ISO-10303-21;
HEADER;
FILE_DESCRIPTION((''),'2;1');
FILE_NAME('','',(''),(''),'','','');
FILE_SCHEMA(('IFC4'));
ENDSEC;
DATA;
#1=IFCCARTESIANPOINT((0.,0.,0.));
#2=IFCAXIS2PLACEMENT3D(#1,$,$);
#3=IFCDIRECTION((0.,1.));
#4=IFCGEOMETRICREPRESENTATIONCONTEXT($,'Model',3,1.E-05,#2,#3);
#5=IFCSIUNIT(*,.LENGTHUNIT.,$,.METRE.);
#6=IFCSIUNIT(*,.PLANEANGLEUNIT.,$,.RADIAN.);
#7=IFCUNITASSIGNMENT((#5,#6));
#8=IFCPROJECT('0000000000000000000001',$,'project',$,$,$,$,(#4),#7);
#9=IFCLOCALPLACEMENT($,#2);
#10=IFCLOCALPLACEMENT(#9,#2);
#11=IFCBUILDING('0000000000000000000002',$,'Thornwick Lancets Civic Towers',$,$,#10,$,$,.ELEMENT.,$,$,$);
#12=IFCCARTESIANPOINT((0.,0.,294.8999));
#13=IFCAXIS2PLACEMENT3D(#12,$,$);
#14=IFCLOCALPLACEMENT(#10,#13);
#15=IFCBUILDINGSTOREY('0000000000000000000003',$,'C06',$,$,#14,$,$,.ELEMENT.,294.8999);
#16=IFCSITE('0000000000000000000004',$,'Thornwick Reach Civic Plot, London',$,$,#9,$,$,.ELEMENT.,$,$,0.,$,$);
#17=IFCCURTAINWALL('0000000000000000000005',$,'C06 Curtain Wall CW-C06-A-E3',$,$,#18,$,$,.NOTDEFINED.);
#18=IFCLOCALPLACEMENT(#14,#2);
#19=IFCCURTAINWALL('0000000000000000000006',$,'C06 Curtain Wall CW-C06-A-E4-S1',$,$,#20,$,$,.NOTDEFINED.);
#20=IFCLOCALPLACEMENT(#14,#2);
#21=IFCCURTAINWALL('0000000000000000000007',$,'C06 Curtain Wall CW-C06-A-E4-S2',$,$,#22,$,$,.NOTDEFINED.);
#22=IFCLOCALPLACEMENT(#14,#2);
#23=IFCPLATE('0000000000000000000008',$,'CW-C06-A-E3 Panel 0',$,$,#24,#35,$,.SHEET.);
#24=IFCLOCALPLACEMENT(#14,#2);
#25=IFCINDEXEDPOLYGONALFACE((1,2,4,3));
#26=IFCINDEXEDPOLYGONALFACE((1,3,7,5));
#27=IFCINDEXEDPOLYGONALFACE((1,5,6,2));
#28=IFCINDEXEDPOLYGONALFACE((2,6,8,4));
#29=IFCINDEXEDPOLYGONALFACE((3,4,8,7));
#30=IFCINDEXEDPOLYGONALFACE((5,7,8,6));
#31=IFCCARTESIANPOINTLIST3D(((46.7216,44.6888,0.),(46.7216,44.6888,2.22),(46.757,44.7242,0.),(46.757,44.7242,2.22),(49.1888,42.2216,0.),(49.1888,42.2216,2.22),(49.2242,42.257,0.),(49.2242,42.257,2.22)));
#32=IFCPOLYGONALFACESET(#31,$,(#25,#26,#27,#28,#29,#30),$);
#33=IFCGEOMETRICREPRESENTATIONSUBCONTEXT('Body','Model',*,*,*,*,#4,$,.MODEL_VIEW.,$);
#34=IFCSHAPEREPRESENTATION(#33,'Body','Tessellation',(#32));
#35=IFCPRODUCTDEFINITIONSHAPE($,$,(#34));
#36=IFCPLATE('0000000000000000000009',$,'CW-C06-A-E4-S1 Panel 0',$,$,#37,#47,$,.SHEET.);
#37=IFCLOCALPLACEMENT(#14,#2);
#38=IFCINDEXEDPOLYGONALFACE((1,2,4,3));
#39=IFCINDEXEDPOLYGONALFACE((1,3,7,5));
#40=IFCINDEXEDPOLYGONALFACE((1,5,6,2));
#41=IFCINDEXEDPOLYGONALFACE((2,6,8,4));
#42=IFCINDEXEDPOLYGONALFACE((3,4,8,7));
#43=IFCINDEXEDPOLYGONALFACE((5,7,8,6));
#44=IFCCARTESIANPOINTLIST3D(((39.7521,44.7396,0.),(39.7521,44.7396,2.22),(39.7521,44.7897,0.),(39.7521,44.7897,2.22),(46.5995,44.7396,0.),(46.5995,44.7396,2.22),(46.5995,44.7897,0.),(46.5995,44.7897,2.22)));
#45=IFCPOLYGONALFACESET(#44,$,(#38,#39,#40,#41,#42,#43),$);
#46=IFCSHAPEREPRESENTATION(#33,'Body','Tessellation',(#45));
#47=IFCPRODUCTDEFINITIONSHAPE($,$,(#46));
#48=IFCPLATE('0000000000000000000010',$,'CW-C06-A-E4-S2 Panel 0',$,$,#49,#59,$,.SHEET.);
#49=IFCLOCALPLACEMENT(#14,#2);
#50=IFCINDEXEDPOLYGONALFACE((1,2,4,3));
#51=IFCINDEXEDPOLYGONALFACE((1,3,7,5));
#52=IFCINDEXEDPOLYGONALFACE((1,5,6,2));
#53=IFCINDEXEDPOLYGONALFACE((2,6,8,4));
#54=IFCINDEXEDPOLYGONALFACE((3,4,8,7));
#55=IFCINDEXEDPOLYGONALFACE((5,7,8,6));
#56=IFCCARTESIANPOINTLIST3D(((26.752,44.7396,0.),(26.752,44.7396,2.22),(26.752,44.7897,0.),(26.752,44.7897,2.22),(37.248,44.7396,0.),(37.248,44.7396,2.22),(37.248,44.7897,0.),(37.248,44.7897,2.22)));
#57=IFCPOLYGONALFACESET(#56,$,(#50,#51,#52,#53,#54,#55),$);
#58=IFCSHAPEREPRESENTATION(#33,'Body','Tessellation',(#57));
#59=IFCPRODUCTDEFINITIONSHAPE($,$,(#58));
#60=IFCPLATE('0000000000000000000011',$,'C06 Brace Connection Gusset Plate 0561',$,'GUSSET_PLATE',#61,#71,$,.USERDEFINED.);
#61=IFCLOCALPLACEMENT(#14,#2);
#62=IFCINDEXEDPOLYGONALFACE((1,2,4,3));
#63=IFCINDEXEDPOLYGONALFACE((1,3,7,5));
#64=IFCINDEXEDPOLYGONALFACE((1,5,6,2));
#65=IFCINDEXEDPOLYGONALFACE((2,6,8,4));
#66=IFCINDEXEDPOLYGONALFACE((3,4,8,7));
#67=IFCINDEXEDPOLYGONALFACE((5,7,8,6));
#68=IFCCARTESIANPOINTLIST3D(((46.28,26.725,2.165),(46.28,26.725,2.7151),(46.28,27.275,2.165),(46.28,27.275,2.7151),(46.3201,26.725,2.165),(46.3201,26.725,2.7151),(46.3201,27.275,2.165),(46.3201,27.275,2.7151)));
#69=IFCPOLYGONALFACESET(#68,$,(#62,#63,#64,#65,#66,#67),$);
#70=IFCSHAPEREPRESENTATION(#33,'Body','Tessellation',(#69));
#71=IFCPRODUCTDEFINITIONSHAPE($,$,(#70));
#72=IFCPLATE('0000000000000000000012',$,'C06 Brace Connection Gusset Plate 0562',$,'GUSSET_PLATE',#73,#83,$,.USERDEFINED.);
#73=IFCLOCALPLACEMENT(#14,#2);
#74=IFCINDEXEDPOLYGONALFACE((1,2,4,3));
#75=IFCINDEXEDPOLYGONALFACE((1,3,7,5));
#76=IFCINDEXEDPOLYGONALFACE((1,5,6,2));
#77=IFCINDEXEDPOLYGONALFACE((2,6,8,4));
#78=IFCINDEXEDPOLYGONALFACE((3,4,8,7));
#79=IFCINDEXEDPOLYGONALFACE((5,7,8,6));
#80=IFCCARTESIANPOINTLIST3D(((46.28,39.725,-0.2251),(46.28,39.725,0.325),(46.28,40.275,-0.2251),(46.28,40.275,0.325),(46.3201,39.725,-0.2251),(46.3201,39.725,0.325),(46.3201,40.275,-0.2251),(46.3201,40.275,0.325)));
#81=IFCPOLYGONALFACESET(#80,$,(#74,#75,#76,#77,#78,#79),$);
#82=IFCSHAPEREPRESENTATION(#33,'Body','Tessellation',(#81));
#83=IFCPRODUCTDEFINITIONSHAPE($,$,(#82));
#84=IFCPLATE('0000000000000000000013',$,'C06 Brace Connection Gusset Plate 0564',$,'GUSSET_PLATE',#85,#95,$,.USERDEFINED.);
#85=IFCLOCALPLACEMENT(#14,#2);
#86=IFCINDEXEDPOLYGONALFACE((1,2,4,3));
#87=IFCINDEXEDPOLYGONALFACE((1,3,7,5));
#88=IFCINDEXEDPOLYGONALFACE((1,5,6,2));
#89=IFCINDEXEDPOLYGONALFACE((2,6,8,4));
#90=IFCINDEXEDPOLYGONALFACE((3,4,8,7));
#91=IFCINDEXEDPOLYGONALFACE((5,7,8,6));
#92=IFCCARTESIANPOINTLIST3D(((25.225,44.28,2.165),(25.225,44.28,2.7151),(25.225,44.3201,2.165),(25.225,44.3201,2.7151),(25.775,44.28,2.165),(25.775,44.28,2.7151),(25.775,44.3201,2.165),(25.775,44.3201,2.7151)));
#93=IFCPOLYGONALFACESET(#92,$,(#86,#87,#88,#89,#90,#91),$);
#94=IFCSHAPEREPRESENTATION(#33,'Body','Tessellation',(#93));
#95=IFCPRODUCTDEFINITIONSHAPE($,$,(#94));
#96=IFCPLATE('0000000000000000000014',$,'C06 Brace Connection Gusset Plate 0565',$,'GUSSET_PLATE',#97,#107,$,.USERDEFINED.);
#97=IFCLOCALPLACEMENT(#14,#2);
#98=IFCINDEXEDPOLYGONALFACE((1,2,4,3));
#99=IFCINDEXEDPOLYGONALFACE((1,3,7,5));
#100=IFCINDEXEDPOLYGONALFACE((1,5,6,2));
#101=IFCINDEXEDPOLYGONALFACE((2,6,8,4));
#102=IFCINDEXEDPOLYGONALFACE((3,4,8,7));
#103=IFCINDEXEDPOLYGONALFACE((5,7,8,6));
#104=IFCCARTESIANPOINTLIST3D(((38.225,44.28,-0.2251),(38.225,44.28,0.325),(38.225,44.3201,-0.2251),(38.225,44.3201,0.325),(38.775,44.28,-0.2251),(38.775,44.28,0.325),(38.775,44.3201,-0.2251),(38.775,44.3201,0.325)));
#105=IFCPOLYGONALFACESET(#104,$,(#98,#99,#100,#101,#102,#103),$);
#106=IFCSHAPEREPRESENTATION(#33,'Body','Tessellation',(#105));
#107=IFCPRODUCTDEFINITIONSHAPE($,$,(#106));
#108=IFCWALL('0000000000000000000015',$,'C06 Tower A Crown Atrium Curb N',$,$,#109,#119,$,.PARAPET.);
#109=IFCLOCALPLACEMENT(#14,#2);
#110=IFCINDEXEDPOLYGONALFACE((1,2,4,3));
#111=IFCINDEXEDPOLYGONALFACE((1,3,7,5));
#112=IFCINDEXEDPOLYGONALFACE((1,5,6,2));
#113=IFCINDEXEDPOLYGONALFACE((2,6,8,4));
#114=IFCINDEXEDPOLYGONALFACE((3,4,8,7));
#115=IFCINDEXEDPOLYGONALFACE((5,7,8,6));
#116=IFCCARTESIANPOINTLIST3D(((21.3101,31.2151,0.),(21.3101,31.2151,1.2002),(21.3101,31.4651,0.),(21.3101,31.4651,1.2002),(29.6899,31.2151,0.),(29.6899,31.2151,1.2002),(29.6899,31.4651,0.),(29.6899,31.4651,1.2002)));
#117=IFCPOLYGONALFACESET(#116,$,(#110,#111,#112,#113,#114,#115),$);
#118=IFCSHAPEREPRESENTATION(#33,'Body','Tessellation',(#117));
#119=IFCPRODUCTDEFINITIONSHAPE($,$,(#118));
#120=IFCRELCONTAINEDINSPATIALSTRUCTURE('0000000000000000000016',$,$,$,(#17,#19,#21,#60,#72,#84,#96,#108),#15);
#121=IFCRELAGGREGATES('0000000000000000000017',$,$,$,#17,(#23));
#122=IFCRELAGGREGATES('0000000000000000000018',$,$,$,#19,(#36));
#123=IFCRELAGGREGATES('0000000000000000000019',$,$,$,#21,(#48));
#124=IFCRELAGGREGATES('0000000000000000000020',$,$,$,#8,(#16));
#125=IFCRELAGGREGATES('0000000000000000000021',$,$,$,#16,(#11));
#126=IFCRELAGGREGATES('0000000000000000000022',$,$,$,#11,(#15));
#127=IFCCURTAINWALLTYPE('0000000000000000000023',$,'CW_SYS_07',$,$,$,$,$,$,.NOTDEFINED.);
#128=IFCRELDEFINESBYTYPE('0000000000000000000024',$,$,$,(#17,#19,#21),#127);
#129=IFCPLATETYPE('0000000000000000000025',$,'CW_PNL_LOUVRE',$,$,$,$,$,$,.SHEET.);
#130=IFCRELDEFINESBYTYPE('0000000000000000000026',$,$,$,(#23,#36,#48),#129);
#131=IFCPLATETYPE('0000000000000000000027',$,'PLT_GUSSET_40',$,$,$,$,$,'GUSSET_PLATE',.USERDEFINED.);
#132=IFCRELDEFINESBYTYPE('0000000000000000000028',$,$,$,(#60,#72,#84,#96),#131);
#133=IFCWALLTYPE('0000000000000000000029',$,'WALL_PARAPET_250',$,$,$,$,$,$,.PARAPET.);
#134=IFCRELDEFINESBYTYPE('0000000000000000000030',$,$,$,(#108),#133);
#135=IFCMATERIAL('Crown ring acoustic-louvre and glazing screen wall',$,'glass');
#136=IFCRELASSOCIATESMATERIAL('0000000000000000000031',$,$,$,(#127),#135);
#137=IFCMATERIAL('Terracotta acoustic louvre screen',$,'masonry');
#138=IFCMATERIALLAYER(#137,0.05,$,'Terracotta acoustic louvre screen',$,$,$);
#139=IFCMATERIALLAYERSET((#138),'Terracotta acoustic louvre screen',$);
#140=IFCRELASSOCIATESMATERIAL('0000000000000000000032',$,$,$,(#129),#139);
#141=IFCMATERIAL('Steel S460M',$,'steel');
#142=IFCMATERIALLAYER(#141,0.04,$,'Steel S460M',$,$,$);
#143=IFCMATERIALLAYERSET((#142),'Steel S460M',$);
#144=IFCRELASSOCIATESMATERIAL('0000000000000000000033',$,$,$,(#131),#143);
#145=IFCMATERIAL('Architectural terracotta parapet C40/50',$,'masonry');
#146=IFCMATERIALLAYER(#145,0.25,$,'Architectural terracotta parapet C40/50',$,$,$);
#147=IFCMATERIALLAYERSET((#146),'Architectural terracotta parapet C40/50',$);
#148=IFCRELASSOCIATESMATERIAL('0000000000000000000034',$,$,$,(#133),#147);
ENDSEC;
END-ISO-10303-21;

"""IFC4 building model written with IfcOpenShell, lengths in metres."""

from ifc_helpers import new_model, si_unit, direction, frame, frame_2d, origin, origin_2d, place, context, subcontext, project, spatial, rectangle, extrude, material, layer, layer_set, type_object, element, aggregate, save


model = new_model("IFC4")

# Units and contexts
model_context = context("Model", 3, precision=1e-05, world=origin(), true_north=direction((0.0, 1.0)))
body_context = subcontext(model_context, "Body", "Model", "MODEL_VIEW")
ifc_project = project(units=[si_unit("LENGTHUNIT", "METRE"), si_unit("PLANEANGLEUNIT", "RADIAN")], contexts=[model_context])

# Site, building, storey
site_placement = place(None, origin())
site = spatial("IfcSite", under=ifc_project, at=site_placement, Name="Thornwick Reach Civic Plot, London", CompositionType="ELEMENT", RefElevation=0.0)
building_placement = place(site_placement, origin())
building = spatial("IfcBuilding", under=site, at=building_placement, Name="Thornwick Lancets Civic Towers", CompositionType="ELEMENT")
storey_placement = place(building_placement, frame((0.0, 0.0, 294.8999)))
storey = spatial("IfcBuildingStorey", under=building, at=storey_placement, Name="C06", CompositionType="ELEMENT", Elevation=294.8999)

# Curtain walls
ifc_material_1 = material(Name="Crown ring acoustic-louvre and glazing screen wall", Category="glass")
curtain_wall_type = type_object("IfcCurtainWallType", Name="CW_SYS_07", PredefinedType="NOTDEFINED", material=ifc_material_1)
curtain_wall_1_placement = place(storey_placement, origin())
curtain_wall_1 = element("IfcCurtainWall", 1, at=curtain_wall_1_placement, inside=storey, type_object=curtain_wall_type, Name="C06 Curtain Wall CW-C06-A-E3", PredefinedType="NOTDEFINED")
curtain_wall_2_placement = place(storey_placement, origin())
curtain_wall_2 = element("IfcCurtainWall", 2, at=curtain_wall_2_placement, inside=storey, type_object=curtain_wall_type, Name="C06 Curtain Wall CW-C06-A-E4-S1", PredefinedType="NOTDEFINED")
curtain_wall_3_placement = place(storey_placement, origin())
curtain_wall_3 = element("IfcCurtainWall", 3, at=curtain_wall_3_placement, inside=storey, type_object=curtain_wall_type, Name="C06 Curtain Wall CW-C06-A-E4-S2", PredefinedType="NOTDEFINED")

# Plates
ifc_material_2 = material(Name="Terracotta acoustic louvre screen", Category="masonry")
ifc_layer_1 = layer(ifc_material_2, 0.05, Name="Terracotta acoustic louvre screen")
ifc_layer_set_1 = layer_set([ifc_layer_1], Name="Terracotta acoustic louvre screen")
plate_type_1 = type_object("IfcPlateType", Name="CW_PNL_LOUVRE", PredefinedType="SHEET", material=ifc_layer_set_1)
plate_1_placement = place(storey_placement, frame((47.9729, 43.4729, 0.0), z_axis=(0.0, 0.0, 1.0), x_axis=(-0.707107, 0.707107, 0.0)))
plate_1 = element("IfcPlate", 4, at=plate_1_placement, type_object=plate_type_1, Name="CW-C06-A-E3 Panel 0", PredefinedType="SHEET", context=body_context, shape_type="SweptSolid", body=[
    extrude(rectangle(XDim=3.4893, YDim=0.05, at=origin_2d()), origin(), (0.0, 0.0, 1.0), 2.22),
])
aggregate(curtain_wall_1, [plate_1])
plate_2_placement = place(storey_placement, frame((43.1758, 44.7646, 0.0), z_axis=(0.0, 0.0, 1.0), x_axis=(-1.0, 0.0, 0.0)))
plate_2 = element("IfcPlate", 5, at=plate_2_placement, type_object=plate_type_1, Name="CW-C06-A-E4-S1 Panel 0", PredefinedType="SHEET", context=body_context, shape_type="SweptSolid", body=[
    extrude(rectangle(XDim=6.8474, YDim=0.05, at=origin_2d()), origin(), (0.0, 0.0, 1.0), 2.22),
])
aggregate(curtain_wall_2, [plate_2])
plate_3_placement = place(storey_placement, frame((32.0, 44.7646, 0.0), z_axis=(0.0, 0.0, 1.0), x_axis=(-1.0, 0.0, 0.0)))
plate_3 = element("IfcPlate", 6, at=plate_3_placement, type_object=plate_type_1, Name="CW-C06-A-E4-S2 Panel 0", PredefinedType="SHEET", context=body_context, shape_type="SweptSolid", body=[
    extrude(rectangle(XDim=10.4961, YDim=0.05, at=origin_2d()), origin(), (0.0, 0.0, 1.0), 2.22),
])
aggregate(curtain_wall_3, [plate_3])

# Plates
ifc_material_3 = material(Name="Steel S460M", Category="steel")
ifc_layer_2 = layer(ifc_material_3, 0.04, Name="Steel S460M")
ifc_layer_set_2 = layer_set([ifc_layer_2], Name="Steel S460M")
plate_type_2 = type_object("IfcPlateType", Name="PLT_GUSSET_40", ElementType="GUSSET_PLATE", PredefinedType="USERDEFINED", material=ifc_layer_set_2)
for number, where, z_axis, x_axis, name in (
    (7, (46.3, 27.0, 2.165), (0.0, 0.0, 1.0), (0.0, 1.0, 0.0), "C06 Brace Connection Gusset Plate 0561"),
    (8, (46.3, 40.0, -0.2251), (0.0, 0.0, 1.0), (0.0, -1.0, 0.0), "C06 Brace Connection Gusset Plate 0562"),
    (9, (25.5, 44.3, 2.165), (0.0, 0.0, 1.0), (1.0, 0.0, 0.0), "C06 Brace Connection Gusset Plate 0564"),
    (10, (38.5, 44.3, -0.2251), (0.0, 0.0, 1.0), (-1.0, 0.0, 0.0), "C06 Brace Connection Gusset Plate 0565"),
):
    element("IfcPlate", number, at=place(storey_placement, frame(where, z_axis=z_axis, x_axis=x_axis)), inside=storey, type_object=plate_type_2, Name=name, ObjectType="GUSSET_PLATE", PredefinedType="USERDEFINED", context=body_context, shape_type="SweptSolid", body=[
        extrude(rectangle(XDim=0.55, YDim=0.04, at=origin_2d()), origin(), (0.0, 0.0, 1.0), 0.55),
    ])

# Wall
ifc_material_4 = material(Name="Architectural terracotta parapet C40/50", Category="masonry")
ifc_layer_3 = layer(ifc_material_4, 0.25, Name="Architectural terracotta parapet C40/50")
ifc_layer_set_3 = layer_set([ifc_layer_3], Name="Architectural terracotta parapet C40/50")
wall_type = type_object("IfcWallType", Name="WALL_PARAPET_250", PredefinedType="PARAPET", material=ifc_layer_set_3)
wall_placement = place(storey_placement, frame((29.6899, 31.3401, 0.0), z_axis=(0.0, 0.0, 1.0), x_axis=(-1.0, 0.0, 0.0)))
element("IfcWall", 11, at=wall_placement, inside=storey, type_object=wall_type, Name="C06 Tower A Crown Atrium Curb N", PredefinedType="PARAPET", context=body_context, shape_type="SweptSolid", body=[
    extrude(rectangle(XDim=8.3799, YDim=0.25, at=frame_2d((4.1899, 0.0))), origin(), (0.0, 0.0, 1.0), 1.2002),
])

save(model, "model.ifc")
